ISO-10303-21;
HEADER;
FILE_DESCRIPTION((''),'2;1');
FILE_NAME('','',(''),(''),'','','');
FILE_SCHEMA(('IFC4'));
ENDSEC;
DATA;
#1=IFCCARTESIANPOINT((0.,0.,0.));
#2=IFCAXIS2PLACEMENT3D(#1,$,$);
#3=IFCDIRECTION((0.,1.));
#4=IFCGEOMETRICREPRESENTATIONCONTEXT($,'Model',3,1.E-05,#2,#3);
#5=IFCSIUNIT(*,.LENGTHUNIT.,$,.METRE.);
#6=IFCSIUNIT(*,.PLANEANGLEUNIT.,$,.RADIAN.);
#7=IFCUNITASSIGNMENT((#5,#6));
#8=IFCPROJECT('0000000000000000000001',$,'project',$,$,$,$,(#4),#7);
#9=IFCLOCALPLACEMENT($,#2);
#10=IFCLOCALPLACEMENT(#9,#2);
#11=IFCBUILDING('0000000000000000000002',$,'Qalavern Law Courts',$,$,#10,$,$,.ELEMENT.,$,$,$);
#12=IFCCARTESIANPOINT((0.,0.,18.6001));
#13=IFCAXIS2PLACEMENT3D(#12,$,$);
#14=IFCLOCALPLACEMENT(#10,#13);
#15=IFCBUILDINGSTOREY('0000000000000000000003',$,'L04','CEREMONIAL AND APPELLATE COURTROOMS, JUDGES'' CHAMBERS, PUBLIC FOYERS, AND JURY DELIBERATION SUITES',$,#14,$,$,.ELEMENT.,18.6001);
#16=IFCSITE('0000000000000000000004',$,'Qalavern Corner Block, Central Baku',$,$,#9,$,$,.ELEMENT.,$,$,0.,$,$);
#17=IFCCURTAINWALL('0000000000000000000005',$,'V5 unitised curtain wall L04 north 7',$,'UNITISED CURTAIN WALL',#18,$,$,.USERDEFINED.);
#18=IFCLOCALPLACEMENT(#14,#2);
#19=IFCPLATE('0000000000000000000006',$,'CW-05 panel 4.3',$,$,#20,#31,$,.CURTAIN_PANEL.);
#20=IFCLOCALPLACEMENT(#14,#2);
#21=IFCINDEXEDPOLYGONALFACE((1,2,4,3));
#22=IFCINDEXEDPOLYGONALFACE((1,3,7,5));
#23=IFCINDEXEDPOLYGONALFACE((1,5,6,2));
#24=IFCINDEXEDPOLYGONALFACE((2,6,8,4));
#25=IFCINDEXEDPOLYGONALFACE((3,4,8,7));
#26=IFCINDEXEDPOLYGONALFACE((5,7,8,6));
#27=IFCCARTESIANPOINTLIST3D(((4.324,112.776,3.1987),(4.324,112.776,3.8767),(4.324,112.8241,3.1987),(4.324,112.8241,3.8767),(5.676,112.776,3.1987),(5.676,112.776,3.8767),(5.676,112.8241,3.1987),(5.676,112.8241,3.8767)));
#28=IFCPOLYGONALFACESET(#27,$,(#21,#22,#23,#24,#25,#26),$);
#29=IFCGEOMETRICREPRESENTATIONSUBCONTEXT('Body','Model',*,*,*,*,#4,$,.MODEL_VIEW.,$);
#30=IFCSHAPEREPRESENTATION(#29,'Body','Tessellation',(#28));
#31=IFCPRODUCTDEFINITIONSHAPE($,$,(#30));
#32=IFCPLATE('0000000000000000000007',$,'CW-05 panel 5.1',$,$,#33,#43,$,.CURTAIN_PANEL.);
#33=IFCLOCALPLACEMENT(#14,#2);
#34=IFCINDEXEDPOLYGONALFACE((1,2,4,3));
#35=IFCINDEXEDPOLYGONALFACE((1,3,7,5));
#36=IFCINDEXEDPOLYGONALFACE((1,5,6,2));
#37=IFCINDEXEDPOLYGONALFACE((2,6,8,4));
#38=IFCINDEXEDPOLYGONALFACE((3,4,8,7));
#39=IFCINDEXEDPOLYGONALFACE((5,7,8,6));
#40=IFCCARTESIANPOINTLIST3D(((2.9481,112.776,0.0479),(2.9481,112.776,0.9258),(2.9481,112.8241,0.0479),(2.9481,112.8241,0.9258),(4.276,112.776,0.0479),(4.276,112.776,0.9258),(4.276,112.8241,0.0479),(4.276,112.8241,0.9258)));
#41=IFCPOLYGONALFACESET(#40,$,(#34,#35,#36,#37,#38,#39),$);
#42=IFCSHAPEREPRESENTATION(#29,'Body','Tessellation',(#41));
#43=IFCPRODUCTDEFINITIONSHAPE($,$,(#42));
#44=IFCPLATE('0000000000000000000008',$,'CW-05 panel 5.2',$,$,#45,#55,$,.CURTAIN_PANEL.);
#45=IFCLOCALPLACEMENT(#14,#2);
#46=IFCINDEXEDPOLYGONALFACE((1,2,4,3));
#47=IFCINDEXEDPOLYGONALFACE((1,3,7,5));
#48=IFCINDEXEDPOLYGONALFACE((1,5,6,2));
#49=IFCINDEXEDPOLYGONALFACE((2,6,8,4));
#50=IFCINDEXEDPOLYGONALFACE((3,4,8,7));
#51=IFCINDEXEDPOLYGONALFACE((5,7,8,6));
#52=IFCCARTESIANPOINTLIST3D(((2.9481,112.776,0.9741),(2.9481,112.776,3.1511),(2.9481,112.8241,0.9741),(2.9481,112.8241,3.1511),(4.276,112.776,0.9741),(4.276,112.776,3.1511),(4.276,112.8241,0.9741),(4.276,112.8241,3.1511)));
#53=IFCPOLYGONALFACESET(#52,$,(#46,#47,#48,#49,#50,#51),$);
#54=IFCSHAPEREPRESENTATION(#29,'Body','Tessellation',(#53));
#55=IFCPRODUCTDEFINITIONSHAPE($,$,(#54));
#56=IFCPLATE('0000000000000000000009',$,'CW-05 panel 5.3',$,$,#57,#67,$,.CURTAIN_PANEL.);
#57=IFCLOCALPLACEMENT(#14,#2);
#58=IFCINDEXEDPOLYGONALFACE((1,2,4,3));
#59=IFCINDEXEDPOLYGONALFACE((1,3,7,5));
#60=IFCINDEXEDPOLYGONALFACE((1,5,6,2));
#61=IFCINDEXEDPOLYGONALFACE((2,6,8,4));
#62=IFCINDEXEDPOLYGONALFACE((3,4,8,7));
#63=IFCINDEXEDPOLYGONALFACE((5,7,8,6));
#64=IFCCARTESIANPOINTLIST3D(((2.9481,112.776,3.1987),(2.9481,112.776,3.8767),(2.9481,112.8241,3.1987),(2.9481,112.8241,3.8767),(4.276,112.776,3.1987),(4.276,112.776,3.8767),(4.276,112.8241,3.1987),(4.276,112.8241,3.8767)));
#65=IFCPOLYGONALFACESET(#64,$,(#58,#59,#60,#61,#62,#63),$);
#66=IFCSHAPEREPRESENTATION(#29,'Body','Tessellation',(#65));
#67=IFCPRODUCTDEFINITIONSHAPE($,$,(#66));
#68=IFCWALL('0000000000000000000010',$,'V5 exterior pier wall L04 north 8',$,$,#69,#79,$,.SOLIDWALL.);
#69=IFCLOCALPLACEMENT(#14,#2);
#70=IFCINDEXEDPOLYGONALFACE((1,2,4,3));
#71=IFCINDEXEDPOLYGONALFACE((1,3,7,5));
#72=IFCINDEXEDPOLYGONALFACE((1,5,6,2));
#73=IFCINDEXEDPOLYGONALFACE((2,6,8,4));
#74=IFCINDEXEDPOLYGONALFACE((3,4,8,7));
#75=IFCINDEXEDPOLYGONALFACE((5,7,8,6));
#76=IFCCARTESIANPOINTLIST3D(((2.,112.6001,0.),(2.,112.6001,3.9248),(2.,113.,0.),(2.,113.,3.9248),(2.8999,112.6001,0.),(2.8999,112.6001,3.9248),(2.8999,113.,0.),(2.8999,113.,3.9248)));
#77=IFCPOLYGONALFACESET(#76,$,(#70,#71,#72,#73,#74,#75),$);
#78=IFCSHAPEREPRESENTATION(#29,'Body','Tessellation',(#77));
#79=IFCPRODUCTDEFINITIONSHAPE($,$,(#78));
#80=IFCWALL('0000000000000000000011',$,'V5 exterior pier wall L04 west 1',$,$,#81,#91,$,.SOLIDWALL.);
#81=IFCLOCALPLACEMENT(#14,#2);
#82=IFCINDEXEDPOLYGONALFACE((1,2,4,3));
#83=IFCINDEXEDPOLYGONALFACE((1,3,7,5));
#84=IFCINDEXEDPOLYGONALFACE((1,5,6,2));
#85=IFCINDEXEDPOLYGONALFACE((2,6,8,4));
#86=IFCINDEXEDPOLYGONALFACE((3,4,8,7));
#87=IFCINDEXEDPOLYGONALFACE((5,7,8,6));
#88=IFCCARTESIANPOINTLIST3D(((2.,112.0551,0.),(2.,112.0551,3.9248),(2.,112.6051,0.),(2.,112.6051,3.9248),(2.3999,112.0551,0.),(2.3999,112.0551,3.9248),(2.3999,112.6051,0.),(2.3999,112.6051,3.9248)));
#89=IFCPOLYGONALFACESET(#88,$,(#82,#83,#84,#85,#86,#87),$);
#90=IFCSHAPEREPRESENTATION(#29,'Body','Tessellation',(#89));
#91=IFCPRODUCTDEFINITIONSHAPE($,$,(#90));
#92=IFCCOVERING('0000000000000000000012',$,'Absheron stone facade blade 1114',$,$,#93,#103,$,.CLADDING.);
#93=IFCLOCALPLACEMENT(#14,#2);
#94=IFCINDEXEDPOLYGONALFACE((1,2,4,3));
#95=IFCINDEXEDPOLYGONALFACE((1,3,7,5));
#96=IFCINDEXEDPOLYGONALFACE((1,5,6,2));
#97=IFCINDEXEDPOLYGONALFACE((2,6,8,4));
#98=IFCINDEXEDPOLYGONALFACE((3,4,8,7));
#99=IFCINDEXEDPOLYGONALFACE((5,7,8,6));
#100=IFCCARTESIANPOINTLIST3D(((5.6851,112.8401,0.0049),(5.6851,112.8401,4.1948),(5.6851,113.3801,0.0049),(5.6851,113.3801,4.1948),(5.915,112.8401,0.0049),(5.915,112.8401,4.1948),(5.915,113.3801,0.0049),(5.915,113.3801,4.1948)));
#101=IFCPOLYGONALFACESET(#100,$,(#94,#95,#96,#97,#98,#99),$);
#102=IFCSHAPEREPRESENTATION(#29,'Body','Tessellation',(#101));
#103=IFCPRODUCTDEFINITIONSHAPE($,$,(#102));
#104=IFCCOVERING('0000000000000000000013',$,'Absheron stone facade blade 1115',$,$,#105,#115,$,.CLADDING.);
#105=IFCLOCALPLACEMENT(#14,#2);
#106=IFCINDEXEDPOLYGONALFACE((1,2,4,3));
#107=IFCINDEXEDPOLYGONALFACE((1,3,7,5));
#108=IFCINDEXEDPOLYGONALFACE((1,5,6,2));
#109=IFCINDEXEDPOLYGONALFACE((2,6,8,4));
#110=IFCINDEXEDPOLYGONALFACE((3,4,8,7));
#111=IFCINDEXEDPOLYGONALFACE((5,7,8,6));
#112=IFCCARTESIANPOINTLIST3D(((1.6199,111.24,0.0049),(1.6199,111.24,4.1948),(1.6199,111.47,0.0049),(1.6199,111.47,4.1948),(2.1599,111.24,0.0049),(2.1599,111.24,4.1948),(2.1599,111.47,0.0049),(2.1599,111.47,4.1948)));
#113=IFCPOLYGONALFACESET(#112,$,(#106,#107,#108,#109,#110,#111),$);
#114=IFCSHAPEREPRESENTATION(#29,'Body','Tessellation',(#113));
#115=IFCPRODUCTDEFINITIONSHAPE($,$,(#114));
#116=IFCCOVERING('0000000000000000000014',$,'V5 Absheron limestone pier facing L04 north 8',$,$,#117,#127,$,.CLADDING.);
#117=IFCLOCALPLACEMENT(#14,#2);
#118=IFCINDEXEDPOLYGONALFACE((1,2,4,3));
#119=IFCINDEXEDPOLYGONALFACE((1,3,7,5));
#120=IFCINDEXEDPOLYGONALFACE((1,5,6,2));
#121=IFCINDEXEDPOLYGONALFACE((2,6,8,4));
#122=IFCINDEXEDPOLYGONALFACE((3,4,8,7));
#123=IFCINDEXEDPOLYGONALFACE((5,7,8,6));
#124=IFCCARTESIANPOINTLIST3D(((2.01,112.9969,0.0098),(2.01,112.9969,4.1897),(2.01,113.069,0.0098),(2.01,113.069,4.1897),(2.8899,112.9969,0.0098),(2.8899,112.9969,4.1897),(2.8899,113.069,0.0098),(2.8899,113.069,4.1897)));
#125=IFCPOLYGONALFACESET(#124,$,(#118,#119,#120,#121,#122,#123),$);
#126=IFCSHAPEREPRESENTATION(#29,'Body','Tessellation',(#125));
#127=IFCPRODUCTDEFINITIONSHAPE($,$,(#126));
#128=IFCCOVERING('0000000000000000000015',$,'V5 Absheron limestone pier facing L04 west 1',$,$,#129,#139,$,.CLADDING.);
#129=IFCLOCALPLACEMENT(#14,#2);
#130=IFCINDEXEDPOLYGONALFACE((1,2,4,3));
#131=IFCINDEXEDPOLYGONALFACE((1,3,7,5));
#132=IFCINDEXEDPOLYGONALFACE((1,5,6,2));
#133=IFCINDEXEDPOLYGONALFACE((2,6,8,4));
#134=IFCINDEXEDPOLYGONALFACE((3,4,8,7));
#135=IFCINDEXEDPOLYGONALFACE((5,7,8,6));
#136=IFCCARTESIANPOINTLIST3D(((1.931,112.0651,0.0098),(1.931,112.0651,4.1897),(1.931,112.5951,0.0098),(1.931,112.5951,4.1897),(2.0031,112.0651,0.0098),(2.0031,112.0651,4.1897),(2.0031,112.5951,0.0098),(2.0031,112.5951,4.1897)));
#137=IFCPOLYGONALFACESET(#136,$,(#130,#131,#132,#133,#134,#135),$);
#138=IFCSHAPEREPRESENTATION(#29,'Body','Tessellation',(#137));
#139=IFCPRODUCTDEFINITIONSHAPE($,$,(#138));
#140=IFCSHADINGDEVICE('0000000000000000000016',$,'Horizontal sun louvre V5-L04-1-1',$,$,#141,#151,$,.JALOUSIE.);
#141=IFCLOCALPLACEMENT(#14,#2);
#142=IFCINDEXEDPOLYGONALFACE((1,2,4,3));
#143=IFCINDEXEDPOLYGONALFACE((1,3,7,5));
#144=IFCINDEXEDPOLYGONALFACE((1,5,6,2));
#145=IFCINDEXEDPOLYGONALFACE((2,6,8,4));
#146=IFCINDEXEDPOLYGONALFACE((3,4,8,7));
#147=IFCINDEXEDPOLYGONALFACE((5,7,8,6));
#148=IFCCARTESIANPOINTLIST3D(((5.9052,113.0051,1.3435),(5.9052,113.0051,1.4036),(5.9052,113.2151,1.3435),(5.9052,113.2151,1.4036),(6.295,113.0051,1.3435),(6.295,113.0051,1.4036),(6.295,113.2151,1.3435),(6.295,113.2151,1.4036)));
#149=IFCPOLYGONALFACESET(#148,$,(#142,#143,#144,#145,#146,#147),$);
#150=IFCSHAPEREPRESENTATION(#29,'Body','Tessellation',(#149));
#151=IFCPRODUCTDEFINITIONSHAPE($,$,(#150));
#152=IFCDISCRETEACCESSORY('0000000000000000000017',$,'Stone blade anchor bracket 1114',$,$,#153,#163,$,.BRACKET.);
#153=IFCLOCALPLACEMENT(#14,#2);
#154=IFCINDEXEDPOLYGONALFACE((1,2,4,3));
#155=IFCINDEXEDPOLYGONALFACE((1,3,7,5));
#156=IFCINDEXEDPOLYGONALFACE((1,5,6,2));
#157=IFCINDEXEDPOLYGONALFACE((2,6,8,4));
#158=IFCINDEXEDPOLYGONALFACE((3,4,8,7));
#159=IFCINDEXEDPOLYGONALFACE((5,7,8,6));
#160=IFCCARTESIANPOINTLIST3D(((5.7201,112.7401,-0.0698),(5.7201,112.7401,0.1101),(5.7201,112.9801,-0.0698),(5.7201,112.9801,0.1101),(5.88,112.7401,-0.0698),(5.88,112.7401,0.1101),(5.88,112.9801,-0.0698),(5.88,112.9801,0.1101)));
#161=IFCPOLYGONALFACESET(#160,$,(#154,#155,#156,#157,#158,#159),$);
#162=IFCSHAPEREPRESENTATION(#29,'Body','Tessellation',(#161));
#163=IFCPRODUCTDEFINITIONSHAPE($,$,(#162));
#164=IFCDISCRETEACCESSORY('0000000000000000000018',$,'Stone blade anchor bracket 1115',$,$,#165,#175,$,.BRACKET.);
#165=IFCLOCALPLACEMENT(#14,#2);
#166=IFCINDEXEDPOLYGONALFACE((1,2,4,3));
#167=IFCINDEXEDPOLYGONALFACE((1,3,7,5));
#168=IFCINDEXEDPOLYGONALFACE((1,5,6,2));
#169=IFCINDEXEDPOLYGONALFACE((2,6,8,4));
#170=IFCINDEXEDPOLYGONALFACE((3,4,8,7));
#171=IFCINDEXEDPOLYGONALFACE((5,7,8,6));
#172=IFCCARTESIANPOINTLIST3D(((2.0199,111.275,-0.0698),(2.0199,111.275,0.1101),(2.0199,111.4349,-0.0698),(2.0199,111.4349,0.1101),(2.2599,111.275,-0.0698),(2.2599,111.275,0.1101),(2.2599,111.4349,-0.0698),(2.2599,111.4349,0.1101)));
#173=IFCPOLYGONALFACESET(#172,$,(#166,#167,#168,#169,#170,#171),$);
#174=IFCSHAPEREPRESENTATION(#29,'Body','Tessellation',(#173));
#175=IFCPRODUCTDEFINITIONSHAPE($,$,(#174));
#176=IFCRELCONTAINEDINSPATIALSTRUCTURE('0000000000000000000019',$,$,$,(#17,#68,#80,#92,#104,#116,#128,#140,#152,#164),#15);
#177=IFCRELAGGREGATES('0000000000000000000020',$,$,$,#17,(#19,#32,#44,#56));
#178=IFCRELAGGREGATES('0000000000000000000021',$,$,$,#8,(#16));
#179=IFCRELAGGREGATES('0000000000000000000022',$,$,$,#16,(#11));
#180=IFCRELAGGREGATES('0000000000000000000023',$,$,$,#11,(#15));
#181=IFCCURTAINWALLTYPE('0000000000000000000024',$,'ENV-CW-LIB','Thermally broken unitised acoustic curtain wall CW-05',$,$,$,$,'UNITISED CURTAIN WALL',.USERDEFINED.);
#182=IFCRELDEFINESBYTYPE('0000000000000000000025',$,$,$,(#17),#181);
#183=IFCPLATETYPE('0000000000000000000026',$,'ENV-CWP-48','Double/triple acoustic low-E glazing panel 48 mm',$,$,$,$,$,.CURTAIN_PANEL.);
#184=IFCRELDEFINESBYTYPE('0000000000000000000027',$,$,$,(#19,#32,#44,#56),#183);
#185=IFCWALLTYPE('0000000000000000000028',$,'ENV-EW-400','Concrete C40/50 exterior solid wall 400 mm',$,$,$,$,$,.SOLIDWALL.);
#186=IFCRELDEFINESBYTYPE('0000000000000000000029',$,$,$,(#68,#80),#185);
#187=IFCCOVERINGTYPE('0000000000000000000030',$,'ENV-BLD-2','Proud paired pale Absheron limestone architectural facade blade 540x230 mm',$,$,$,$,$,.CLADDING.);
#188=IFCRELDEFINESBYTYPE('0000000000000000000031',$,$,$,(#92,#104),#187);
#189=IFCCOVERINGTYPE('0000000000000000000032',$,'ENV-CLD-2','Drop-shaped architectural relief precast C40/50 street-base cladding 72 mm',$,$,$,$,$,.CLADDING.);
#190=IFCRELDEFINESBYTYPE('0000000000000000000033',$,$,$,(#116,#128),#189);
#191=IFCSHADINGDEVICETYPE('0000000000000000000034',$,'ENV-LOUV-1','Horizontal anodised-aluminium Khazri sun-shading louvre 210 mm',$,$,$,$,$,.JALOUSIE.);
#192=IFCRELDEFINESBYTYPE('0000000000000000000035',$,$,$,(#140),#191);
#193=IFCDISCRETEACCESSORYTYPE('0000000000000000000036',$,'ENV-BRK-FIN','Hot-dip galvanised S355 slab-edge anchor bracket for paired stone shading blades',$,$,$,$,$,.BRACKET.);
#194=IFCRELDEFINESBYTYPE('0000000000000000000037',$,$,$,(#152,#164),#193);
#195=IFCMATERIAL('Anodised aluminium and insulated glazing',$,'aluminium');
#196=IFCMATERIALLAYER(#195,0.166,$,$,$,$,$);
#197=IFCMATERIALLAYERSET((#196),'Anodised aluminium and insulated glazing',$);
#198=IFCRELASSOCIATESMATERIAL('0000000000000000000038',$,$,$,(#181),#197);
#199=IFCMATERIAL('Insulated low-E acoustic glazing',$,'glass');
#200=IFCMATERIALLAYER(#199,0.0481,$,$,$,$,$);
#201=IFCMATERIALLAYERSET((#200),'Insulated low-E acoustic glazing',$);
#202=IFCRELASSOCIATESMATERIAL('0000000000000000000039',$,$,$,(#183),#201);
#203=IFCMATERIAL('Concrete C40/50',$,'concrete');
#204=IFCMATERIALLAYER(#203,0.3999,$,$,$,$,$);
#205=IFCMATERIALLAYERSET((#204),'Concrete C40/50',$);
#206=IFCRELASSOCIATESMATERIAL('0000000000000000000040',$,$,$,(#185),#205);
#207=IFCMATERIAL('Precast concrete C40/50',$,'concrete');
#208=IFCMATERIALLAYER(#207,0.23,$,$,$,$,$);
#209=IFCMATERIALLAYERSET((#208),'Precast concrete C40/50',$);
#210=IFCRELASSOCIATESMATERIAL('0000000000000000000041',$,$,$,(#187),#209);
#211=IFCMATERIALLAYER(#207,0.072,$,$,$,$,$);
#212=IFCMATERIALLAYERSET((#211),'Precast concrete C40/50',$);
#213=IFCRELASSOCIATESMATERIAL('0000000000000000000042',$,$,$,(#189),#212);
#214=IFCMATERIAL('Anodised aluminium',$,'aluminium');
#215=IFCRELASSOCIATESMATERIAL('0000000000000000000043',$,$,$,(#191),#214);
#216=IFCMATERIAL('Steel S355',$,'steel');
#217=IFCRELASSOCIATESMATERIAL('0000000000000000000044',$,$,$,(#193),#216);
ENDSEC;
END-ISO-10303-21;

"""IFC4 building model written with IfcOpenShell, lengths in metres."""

from ifc_helpers import new_model, si_unit, direction, frame, frame_2d, origin, origin_2d, place, context, subcontext, project, spatial, rectangle, extrude, material, layer, layer_set, type_object, element, aggregate, save


model = new_model("IFC4")

# Units and contexts
model_context = context("Model", 3, precision=1e-05, world=origin(), true_north=direction((0.0, 1.0)))
body_context = subcontext(model_context, "Body", "Model", "MODEL_VIEW")
ifc_project = project(units=[si_unit("LENGTHUNIT", "METRE"), si_unit("PLANEANGLEUNIT", "RADIAN")], contexts=[model_context])

# Site, building, storey
site_placement = place(None, origin())
site = spatial("IfcSite", under=ifc_project, at=site_placement, Name="Qalavern Corner Block, Central Baku", CompositionType="ELEMENT", RefElevation=0.0)
building_placement = place(site_placement, origin())
building = spatial("IfcBuilding", under=site, at=building_placement, Name="Qalavern Law Courts", CompositionType="ELEMENT")
storey_placement = place(building_placement, frame((0.0, 0.0, 18.6001)))
storey = spatial("IfcBuildingStorey", under=building, at=storey_placement, Name="L04", Description="CEREMONIAL AND APPELLATE COURTROOMS, JUDGES' CHAMBERS, PUBLIC FOYERS, AND JURY DELIBERATION SUITES", CompositionType="ELEMENT", Elevation=18.6001)

# Curtain wall
ifc_material_1 = material(Name="Anodised aluminium and insulated glazing", Category="aluminium")
ifc_layer_1 = layer(ifc_material_1, 0.166)
ifc_layer_set_1 = layer_set([ifc_layer_1], Name="Anodised aluminium and insulated glazing")
curtain_wall_type = type_object("IfcCurtainWallType", Name="ENV-CW-LIB", Description="Thermally broken unitised acoustic curtain wall CW-05", ElementType="UNITISED CURTAIN WALL", PredefinedType="USERDEFINED", material=ifc_layer_set_1)
curtain_wall_1_placement = place(storey_placement, origin())
curtain_wall_1 = element("IfcCurtainWall", 1, at=curtain_wall_1_placement, inside=storey, type_object=curtain_wall_type, Name="V5 unitised curtain wall L04 north 7", ObjectType="UNITISED CURTAIN WALL", PredefinedType="USERDEFINED")
ifc_material_2 = material(Name="Anodised aluminium", Category="aluminium")

# Shared definitions
ifc_material_3 = material(Name="Concrete C40/50", Category="concrete")

# Plates
ifc_material_4 = material(Name="Insulated low-E acoustic glazing", Category="glass")
ifc_layer_2 = layer(ifc_material_4, 0.0481)
ifc_layer_set_2 = layer_set([ifc_layer_2], Name="Insulated low-E acoustic glazing")
plate_type_1 = type_object("IfcPlateType", Name="ENV-CWP-48", Description="Double/triple acoustic low-E glazing panel 48 mm", PredefinedType="CURTAIN_PANEL", material=ifc_layer_set_2)
plate_1_placement = place(storey_placement, frame((5.0, 112.8, 3.1987), z_axis=(0.0, 0.0, 1.0), x_axis=(-1.0, 0.0, 0.0)))
plate_1 = element("IfcPlate", 2, at=plate_1_placement, type_object=plate_type_1, Name="CW-05 panel 4.3", PredefinedType="CURTAIN_PANEL", context=body_context, shape_type="SweptSolid", body=[
    extrude(rectangle(XDim=1.3521, YDim=0.0481, at=origin_2d()), origin(), (0.0, 0.0, 1.0), 0.678),
])
plate_2_placement = place(storey_placement, frame((3.6121, 112.8, 0.0479), z_axis=(0.0, 0.0, 1.0), x_axis=(-1.0, 0.0, 0.0)))
plate_2 = element("IfcPlate", 3, at=plate_2_placement, type_object=plate_type_1, Name="CW-05 panel 5.1", PredefinedType="CURTAIN_PANEL", context=body_context, shape_type="SweptSolid", body=[
    extrude(rectangle(XDim=1.3279, YDim=0.0481, at=origin_2d()), origin(), (0.0, 0.0, 1.0), 0.8779),
])
plate_3_placement = place(storey_placement, frame((3.6121, 112.8, 0.9741), z_axis=(0.0, 0.0, 1.0), x_axis=(-1.0, 0.0, 0.0)))
plate_3 = element("IfcPlate", 4, at=plate_3_placement, type_object=plate_type_1, Name="CW-05 panel 5.2", PredefinedType="CURTAIN_PANEL", context=body_context, shape_type="SweptSolid", body=[
    extrude(rectangle(XDim=1.3279, YDim=0.0481, at=origin_2d()), origin(), (0.0, 0.0, 1.0), 2.177),
])
plate_4_placement = place(storey_placement, frame((3.6121, 112.8, 3.1987), z_axis=(0.0, 0.0, 1.0), x_axis=(-1.0, 0.0, 0.0)))
plate_4 = element("IfcPlate", 5, at=plate_4_placement, type_object=plate_type_1, Name="CW-05 panel 5.3", PredefinedType="CURTAIN_PANEL", context=body_context, shape_type="SweptSolid", body=[
    extrude(rectangle(XDim=1.3279, YDim=0.0481, at=origin_2d()), origin(), (0.0, 0.0, 1.0), 0.678),
])
aggregate(curtain_wall_1, [plate_1, plate_2, plate_3, plate_4])

# Walls
ifc_layer_3 = layer(ifc_material_3, 0.3999)
ifc_layer_set_3 = layer_set([ifc_layer_3], Name="Concrete C40/50")
wall_type = type_object("IfcWallType", Name="ENV-EW-400", Description="Concrete C40/50 exterior solid wall 400 mm", PredefinedType="SOLIDWALL", material=ifc_layer_set_3)
wall_1_placement = place(storey_placement, frame((2.8999, 112.8, 0.0), z_axis=(0.0, 0.0, 1.0), x_axis=(-1.0, 0.0, 0.0)))
element("IfcWall", 6, at=wall_1_placement, inside=storey, type_object=wall_type, Name="V5 exterior pier wall L04 north 8", PredefinedType="SOLIDWALL", context=body_context, shape_type="SweptSolid", body=[
    extrude(rectangle(XDim=0.8999, YDim=0.3999, at=frame_2d((0.45, 0.0))), origin(), (0.0, 0.0, 1.0), 3.9248),
])
wall_2_placement = place(storey_placement, frame((2.2, 112.605, 0.0), z_axis=(0.0, 0.0, 1.0), x_axis=(0.0, -1.0, 0.0)))
element("IfcWall", 7, at=wall_2_placement, inside=storey, type_object=wall_type, Name="V5 exterior pier wall L04 west 1", PredefinedType="SOLIDWALL", context=body_context, shape_type="SweptSolid", body=[
    extrude(rectangle(XDim=0.55, YDim=0.3999, at=frame_2d((0.2749, 0.0))), origin(), (0.0, 0.0, 1.0), 3.9248),
])

# Coverings
ifc_material_5 = material(Name="Precast concrete C40/50", Category="concrete")
ifc_layer_4 = layer(ifc_material_5, 0.23)
ifc_layer_set_4 = layer_set([ifc_layer_4], Name="Precast concrete C40/50")
covering_type_1 = type_object("IfcCoveringType", Name="ENV-BLD-2", Description="Proud paired pale Absheron limestone architectural facade blade 540x230 mm", PredefinedType="CLADDING", material=ifc_layer_set_4)
for number, where, z_axis, x_axis, name in (
    (8, (5.8, 113.1101, 0.0049), (0.0, 0.0, 1.0), (0.0, 1.0, 0.0), "Absheron stone facade blade 1114"),
    (9, (1.8899, 111.355, 0.0049), (0.0, 0.0, 1.0), (-1.0, 0.0, 0.0), "Absheron stone facade blade 1115"),
):
    element("IfcCovering", number, at=place(storey_placement, frame(where, z_axis=z_axis, x_axis=x_axis)), inside=storey, type_object=covering_type_1, Name=name, PredefinedType="CLADDING", context=body_context, shape_type="SweptSolid", body=[
        extrude(rectangle(XDim=0.54, YDim=0.23, at=origin_2d()), origin(), (0.0, 0.0, 1.0), 4.1899),
    ])
ifc_layer_5 = layer(ifc_material_5, 0.072)
ifc_layer_set_5 = layer_set([ifc_layer_5], Name="Precast concrete C40/50")
covering_type_2 = type_object("IfcCoveringType", Name="ENV-CLD-2", Description="Drop-shaped architectural relief precast C40/50 street-base cladding 72 mm", PredefinedType="CLADDING", material=ifc_layer_set_5)
covering_1_placement = place(storey_placement, frame((2.45, 113.033, 0.0098), z_axis=(0.0, 0.0, 1.0), x_axis=(-1.0, 0.0, 0.0)))
element("IfcCovering", 10, at=covering_1_placement, inside=storey, type_object=covering_type_2, Name="V5 Absheron limestone pier facing L04 north 8", PredefinedType="CLADDING", context=body_context, shape_type="SweptSolid", body=[
    extrude(rectangle(XDim=0.8799, YDim=0.072, at=origin_2d()), origin(), (0.0, 0.0, 1.0), 4.1799),
])
covering_2_placement = place(storey_placement, frame((1.967, 112.3301, 0.0098), z_axis=(0.0, 0.0, 1.0), x_axis=(0.0, -1.0, 0.0)))
element("IfcCovering", 11, at=covering_2_placement, inside=storey, type_object=covering_type_2, Name="V5 Absheron limestone pier facing L04 west 1", PredefinedType="CLADDING", context=body_context, shape_type="SweptSolid", body=[
    extrude(rectangle(XDim=0.53, YDim=0.072, at=origin_2d()), origin(), (0.0, 0.0, 1.0), 4.1799),
])

# Shading device
shading_device_type = type_object("IfcShadingDeviceType", Name="ENV-LOUV-1", Description="Horizontal anodised-aluminium Khazri sun-shading louvre 210 mm", PredefinedType="JALOUSIE", material=ifc_material_2)
shading_device_placement = place(storey_placement, frame((6.1001, 113.1101, 1.3435), z_axis=(0.0, 0.0, 1.0), x_axis=(-1.0, 0.0, 0.0)))
element("IfcShadingDevice", 12, at=shading_device_placement, inside=storey, type_object=shading_device_type, Name="Horizontal sun louvre V5-L04-1-1", PredefinedType="JALOUSIE", context=body_context, shape_type="SweptSolid", body=[
    extrude(rectangle(XDim=0.3899, YDim=0.21, at=origin_2d()), origin(), (0.0, 0.0, 1.0), 0.0601),
])

# Discrete accessories
ifc_material_6 = material(Name="Steel S355", Category="steel")
discrete_accessory_type = type_object("IfcDiscreteAccessoryType", Name="ENV-BRK-FIN", Description="Hot-dip galvanised S355 slab-edge anchor bracket for paired stone shading blades", PredefinedType="BRACKET", material=ifc_material_6)
for number, where, z_axis, x_axis, name in (
    (13, (5.8, 112.8601, -0.0698), (0.0, 0.0, 1.0), (0.0, 1.0, 0.0), "Stone blade anchor bracket 1114"),
    (14, (2.1399, 111.355, -0.0698), (0.0, 0.0, 1.0), (-1.0, 0.0, 0.0), "Stone blade anchor bracket 1115"),
):
    element("IfcDiscreteAccessory", number, at=place(storey_placement, frame(where, z_axis=z_axis, x_axis=x_axis)), inside=storey, type_object=discrete_accessory_type, Name=name, PredefinedType="BRACKET", context=body_context, shape_type="SweptSolid", body=[
        extrude(rectangle(XDim=0.24, YDim=0.1599, at=origin_2d()), origin(), (0.0, 0.0, 1.0), 0.1799),
    ])

save(model, "model.ifc")
